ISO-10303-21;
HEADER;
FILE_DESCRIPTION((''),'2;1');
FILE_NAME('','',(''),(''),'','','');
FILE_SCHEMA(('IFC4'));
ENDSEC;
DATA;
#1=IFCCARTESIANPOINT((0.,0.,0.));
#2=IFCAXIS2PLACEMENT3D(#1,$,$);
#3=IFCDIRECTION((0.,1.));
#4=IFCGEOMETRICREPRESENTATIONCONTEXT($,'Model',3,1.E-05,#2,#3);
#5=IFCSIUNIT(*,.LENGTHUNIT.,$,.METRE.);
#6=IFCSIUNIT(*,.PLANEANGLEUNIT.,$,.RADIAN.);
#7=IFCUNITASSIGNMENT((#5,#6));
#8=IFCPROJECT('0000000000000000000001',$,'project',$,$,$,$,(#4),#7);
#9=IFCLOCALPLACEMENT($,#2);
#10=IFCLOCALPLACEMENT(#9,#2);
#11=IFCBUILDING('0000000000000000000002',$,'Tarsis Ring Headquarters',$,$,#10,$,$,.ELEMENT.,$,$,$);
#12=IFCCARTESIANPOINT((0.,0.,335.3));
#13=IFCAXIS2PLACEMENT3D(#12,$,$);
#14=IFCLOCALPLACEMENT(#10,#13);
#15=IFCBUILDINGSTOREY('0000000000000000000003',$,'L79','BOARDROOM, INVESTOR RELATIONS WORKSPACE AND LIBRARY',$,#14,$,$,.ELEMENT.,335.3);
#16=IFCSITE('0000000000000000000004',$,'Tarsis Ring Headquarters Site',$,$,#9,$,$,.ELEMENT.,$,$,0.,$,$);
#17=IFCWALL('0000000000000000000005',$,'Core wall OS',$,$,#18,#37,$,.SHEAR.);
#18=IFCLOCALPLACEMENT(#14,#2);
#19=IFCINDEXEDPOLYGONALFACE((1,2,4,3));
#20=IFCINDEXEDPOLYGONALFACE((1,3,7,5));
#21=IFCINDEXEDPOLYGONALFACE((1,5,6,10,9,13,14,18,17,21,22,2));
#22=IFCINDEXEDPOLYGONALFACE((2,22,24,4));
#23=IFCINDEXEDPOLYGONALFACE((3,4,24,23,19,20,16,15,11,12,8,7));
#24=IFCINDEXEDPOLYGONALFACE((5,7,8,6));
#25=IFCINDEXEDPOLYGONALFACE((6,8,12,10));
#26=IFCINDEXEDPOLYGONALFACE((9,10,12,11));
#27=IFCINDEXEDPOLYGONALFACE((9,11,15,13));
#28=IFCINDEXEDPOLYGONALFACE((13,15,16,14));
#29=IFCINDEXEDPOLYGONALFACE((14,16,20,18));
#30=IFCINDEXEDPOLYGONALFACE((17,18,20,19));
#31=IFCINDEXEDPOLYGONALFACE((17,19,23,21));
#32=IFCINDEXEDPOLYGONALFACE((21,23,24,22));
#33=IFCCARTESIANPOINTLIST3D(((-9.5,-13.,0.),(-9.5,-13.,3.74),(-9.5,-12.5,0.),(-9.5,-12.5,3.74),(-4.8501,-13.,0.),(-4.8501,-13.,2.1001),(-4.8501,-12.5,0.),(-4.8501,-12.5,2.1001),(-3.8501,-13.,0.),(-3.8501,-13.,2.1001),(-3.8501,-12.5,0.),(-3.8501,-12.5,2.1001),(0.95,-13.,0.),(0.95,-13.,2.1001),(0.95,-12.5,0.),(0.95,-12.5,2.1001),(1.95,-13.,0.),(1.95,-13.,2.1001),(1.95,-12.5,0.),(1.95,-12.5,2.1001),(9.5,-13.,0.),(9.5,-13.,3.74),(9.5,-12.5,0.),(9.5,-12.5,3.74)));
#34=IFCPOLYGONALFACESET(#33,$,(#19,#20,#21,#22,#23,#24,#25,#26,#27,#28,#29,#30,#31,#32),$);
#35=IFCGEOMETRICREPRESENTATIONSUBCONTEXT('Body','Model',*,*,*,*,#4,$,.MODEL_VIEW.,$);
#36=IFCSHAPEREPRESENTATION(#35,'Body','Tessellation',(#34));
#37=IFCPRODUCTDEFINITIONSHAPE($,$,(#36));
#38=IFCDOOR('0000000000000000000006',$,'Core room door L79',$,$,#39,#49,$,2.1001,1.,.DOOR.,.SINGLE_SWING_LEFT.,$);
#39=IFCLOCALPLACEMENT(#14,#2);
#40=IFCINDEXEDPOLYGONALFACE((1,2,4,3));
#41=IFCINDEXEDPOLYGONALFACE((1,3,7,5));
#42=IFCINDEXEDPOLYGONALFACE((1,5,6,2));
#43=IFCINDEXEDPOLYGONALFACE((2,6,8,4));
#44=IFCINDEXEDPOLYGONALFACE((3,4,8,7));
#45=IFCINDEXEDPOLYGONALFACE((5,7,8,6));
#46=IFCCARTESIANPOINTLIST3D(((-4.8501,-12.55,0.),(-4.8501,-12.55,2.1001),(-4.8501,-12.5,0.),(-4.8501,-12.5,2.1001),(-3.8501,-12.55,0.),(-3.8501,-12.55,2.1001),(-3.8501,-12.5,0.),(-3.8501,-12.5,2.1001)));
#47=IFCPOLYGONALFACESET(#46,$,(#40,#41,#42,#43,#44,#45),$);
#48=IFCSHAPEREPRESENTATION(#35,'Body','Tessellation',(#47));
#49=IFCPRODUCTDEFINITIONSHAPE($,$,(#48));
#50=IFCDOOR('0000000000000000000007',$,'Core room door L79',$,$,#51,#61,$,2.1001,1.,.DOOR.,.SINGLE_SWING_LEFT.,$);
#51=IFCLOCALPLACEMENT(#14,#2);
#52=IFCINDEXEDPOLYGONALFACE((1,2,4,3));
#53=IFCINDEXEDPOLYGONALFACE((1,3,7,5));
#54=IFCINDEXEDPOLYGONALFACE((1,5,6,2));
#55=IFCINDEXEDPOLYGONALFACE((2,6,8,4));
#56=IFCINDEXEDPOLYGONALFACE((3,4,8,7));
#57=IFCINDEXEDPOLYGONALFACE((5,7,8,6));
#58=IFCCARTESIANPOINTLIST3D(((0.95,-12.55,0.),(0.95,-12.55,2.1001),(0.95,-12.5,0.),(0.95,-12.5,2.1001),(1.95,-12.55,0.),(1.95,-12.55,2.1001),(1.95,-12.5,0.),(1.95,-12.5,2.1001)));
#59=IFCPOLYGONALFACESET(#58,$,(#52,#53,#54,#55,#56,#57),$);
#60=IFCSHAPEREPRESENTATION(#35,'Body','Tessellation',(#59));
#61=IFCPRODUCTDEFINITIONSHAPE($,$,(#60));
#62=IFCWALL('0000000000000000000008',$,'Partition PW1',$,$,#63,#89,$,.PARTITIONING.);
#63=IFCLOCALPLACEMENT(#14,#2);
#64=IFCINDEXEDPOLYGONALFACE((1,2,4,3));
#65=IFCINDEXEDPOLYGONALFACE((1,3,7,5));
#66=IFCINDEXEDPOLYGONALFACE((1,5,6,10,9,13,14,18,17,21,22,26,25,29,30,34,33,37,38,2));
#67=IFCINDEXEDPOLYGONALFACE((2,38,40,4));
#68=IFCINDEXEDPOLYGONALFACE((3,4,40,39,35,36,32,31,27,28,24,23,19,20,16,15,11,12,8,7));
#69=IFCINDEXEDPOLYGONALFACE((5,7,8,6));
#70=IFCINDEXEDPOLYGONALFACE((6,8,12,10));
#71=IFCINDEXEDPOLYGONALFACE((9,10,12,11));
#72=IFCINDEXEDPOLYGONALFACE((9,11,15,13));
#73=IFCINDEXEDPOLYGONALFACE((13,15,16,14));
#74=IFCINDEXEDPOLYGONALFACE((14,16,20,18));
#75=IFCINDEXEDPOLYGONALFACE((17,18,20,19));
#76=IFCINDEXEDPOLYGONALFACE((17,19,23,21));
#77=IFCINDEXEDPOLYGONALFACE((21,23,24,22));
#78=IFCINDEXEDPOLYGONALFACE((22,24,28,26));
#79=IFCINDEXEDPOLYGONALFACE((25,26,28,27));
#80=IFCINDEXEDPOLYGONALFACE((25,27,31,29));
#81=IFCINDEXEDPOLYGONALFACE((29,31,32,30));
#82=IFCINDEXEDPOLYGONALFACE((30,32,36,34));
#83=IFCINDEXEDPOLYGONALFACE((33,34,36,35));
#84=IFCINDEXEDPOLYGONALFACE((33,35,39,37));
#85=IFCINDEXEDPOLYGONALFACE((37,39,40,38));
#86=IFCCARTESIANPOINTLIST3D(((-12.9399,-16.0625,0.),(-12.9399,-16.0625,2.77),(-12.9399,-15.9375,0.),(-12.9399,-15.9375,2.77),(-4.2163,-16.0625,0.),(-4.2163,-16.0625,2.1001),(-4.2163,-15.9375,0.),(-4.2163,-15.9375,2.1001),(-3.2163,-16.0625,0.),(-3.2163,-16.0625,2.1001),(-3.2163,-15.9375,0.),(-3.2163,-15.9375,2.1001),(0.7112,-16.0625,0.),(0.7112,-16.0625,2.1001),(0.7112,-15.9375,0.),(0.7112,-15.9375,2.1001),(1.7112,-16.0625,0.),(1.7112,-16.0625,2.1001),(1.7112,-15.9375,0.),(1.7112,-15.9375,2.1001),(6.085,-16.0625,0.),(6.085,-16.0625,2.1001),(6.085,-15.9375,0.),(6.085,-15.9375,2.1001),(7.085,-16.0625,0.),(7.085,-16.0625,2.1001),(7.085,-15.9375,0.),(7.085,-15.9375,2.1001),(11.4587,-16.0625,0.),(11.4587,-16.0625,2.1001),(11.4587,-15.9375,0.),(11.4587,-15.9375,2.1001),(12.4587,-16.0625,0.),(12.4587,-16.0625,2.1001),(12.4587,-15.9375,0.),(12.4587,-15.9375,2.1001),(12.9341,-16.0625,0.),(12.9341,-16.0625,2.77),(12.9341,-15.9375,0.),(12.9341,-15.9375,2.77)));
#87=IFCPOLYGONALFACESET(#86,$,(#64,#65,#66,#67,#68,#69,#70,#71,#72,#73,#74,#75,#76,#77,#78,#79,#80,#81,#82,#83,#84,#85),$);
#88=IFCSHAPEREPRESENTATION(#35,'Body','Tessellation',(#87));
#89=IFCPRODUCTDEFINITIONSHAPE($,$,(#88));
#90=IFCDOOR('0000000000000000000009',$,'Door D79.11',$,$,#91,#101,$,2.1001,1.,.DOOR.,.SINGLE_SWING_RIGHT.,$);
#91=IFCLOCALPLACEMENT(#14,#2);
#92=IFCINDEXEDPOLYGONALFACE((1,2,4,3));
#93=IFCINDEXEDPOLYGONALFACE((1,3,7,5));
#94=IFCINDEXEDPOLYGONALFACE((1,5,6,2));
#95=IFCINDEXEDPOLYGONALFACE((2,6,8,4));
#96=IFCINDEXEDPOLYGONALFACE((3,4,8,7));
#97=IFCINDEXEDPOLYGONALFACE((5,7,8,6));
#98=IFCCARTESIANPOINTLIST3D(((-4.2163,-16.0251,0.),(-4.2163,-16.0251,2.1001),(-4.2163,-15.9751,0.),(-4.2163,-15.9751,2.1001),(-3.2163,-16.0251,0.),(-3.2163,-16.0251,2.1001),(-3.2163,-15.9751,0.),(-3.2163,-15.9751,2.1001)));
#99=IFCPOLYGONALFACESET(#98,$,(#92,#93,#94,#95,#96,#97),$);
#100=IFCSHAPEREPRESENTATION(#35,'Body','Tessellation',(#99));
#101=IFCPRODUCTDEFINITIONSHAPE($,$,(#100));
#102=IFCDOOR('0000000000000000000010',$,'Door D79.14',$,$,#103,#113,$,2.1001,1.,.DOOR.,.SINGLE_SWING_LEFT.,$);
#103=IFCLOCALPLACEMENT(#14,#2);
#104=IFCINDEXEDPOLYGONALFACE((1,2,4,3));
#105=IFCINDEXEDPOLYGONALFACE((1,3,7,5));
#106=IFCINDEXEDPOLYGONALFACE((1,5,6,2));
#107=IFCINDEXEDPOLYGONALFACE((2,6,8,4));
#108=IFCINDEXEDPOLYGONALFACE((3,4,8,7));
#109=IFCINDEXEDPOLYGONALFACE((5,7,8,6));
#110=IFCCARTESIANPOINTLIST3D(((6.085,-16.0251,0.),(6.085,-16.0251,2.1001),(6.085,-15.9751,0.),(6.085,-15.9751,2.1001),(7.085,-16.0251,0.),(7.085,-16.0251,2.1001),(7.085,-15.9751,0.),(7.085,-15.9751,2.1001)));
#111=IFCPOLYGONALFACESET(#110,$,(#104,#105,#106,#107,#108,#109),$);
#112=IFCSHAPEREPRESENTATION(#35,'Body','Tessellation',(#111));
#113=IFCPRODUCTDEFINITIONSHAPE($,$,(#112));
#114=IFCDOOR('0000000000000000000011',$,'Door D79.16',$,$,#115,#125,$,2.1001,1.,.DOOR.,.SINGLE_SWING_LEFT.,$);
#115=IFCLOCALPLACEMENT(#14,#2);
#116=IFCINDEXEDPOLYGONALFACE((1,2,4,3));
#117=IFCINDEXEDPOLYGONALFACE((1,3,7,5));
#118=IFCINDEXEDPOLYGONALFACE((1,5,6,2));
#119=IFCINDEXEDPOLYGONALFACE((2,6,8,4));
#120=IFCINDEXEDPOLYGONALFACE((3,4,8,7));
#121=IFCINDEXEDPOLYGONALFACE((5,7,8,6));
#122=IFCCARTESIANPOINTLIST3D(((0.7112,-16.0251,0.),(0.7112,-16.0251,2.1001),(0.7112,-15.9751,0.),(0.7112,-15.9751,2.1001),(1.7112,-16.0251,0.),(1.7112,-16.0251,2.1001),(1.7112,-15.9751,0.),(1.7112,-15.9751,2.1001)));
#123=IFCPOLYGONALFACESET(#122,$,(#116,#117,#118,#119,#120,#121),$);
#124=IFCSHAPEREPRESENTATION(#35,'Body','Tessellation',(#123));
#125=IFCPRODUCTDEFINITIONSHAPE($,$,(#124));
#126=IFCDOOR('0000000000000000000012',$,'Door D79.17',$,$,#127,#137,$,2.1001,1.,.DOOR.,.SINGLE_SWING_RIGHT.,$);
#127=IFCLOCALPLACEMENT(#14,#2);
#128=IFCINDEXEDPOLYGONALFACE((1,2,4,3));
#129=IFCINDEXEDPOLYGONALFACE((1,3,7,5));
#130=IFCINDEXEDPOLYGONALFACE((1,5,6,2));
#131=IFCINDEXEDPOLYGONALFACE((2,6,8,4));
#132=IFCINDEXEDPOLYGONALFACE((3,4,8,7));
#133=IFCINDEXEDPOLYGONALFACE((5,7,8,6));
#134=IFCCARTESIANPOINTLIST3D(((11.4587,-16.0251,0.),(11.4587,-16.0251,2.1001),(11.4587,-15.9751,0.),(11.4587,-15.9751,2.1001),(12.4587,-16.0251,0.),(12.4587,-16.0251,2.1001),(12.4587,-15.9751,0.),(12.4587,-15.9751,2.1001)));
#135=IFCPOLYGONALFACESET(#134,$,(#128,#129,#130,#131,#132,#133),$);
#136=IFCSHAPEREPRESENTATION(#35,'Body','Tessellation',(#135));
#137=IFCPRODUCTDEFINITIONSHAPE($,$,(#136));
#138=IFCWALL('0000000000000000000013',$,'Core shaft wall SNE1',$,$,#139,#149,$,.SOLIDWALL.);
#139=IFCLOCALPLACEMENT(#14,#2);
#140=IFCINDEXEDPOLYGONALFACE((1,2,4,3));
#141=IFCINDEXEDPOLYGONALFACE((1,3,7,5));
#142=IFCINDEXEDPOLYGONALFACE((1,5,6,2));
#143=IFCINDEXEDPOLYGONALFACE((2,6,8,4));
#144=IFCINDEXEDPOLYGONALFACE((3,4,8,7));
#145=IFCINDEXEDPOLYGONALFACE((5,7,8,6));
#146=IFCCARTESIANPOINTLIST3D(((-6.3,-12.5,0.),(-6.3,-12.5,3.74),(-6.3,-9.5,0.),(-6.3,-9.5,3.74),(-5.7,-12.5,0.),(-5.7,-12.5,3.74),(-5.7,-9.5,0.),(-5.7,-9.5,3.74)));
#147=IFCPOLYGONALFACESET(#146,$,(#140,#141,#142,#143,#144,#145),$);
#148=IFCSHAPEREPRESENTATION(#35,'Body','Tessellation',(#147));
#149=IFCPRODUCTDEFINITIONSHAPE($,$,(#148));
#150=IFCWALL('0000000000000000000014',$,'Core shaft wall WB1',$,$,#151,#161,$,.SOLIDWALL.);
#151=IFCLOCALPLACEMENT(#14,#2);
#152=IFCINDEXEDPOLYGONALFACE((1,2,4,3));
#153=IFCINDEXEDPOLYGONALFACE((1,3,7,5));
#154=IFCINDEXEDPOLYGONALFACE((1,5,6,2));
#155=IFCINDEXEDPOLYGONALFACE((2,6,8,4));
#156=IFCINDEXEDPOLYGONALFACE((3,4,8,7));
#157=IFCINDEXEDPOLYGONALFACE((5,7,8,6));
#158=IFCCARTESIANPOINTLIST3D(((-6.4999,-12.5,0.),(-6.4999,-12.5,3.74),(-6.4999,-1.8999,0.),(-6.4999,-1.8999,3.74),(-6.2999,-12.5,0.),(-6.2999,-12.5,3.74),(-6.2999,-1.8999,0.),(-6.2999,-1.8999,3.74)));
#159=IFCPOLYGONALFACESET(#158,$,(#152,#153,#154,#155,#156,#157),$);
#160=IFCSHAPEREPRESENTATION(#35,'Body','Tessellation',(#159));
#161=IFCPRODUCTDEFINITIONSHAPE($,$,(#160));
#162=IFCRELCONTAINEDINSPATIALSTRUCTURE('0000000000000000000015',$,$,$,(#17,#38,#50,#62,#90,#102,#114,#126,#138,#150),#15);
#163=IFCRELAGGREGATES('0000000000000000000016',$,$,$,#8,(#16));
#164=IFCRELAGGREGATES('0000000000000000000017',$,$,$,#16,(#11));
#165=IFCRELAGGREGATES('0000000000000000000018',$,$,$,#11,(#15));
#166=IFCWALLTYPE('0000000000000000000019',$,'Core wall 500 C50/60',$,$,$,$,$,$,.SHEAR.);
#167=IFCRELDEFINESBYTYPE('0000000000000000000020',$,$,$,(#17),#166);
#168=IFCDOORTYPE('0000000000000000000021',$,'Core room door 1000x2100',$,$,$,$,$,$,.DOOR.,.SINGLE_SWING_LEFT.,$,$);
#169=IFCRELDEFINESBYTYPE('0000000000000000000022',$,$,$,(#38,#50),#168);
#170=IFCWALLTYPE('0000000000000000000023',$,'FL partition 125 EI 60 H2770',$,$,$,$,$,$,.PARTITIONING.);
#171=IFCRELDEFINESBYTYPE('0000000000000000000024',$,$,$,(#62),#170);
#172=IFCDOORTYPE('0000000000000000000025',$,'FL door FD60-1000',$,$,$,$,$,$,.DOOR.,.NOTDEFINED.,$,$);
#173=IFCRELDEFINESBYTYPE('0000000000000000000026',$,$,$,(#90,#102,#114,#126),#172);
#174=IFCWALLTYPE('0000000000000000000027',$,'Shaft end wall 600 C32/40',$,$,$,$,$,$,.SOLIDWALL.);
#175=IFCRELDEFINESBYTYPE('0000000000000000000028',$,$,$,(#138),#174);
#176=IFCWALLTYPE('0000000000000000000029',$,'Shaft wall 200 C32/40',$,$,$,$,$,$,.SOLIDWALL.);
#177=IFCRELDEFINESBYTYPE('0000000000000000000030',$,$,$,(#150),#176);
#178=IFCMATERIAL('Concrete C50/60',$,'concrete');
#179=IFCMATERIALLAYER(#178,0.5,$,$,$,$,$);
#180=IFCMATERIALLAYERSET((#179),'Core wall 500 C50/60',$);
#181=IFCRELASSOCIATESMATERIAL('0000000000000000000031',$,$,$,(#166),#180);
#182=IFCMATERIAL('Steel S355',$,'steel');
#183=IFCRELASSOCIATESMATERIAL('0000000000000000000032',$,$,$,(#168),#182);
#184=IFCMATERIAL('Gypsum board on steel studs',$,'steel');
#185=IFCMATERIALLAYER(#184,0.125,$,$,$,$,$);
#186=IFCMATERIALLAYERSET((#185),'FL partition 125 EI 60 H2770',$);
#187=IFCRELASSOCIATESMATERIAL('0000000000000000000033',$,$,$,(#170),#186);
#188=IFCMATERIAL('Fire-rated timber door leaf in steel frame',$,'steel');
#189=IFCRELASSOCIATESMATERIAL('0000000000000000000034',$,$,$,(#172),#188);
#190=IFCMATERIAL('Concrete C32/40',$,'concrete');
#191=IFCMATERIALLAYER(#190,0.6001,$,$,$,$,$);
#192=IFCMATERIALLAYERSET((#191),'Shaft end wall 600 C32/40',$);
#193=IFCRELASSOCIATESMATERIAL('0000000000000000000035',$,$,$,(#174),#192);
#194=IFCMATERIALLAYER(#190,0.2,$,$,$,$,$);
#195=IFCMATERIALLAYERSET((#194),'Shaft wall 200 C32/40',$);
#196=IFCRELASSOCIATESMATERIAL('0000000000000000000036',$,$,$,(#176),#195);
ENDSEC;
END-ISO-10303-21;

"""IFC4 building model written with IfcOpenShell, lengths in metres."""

from ifc_helpers import new_model, si_unit, direction, frame, frame_2d, origin, place, context, subcontext, project, spatial, rectangle, extrude, material, layer, layer_set, type_object, element, fill, save


model = new_model("IFC4")

# Units and contexts
model_context = context("Model", 3, precision=1e-05, world=origin(), true_north=direction((0.0, 1.0)))
body_context = subcontext(model_context, "Body", "Model", "MODEL_VIEW")
ifc_project = project(units=[si_unit("LENGTHUNIT", "METRE"), si_unit("PLANEANGLEUNIT", "RADIAN")], contexts=[model_context])

# Site, building, storey
site_placement = place(None, origin())
site = spatial("IfcSite", under=ifc_project, at=site_placement, Name="Tarsis Ring Headquarters Site", CompositionType="ELEMENT", RefElevation=0.0)
building_placement = place(site_placement, origin())
building = spatial("IfcBuilding", under=site, at=building_placement, Name="Tarsis Ring Headquarters", CompositionType="ELEMENT")
storey_placement = place(building_placement, frame((0.0, 0.0, 335.3)))
storey = spatial("IfcBuildingStorey", under=building, at=storey_placement, Name="L79", Description="BOARDROOM, INVESTOR RELATIONS WORKSPACE AND LIBRARY", CompositionType="ELEMENT", Elevation=335.3)

# Walls, openings, doors
ifc_material_1 = material(Name="Concrete C50/60", Category="concrete")
ifc_layer_1 = layer(ifc_material_1, 0.5)
ifc_layer_set_1 = layer_set([ifc_layer_1], Name="Core wall 500 C50/60")
wall_type_1 = type_object("IfcWallType", Name="Core wall 500 C50/60", PredefinedType="SHEAR", material=ifc_layer_set_1)
ifc_material_2 = material(Name="Steel S355", Category="steel")
door_type_1 = type_object("IfcDoorType", Name="Core room door 1000x2100", OperationType="SINGLE_SWING_LEFT", PredefinedType="DOOR", material=ifc_material_2)
wall_1_placement = place(storey_placement, frame((-9.5, -12.75, 0.0), z_axis=(0.0, 0.0, 1.0), x_axis=(1.0, 0.0, 0.0)))
wall_1 = element("IfcWall", 1, at=wall_1_placement, inside=storey, type_object=wall_type_1, Name="Core wall OS", PredefinedType="SHEAR", context=body_context, shape_type="SweptSolid", body=[
    extrude(rectangle(XDim=19.0, YDim=0.5, at=frame_2d((9.5, 0.0))), origin(), (0.0, 0.0, 1.0), 3.74),
])
opening_1_placement = place(wall_1_placement, frame((4.6499, 0.0, 0.0)))
opening_1 = element("IfcOpeningElement", 2, at=opening_1_placement, cuts=wall_1, PredefinedType="OPENING", context=body_context, shape_type="SweptSolid", body=[
    extrude(rectangle(XDim=1.0, YDim=2.1001, at=frame_2d((0.5, 1.05))), frame((0.0, 0.26, 0.0), z_axis=(0.0, -1.0, 0.0), x_axis=(1.0, 0.0, 0.0)), (0.0, 0.0, 1.0), 0.52),
])
opening_2_placement = place(wall_1_placement, frame((10.45, 0.0, 0.0)))
opening_2 = element("IfcOpeningElement", 3, at=opening_2_placement, cuts=wall_1, PredefinedType="OPENING", context=body_context, shape_type="SweptSolid", body=[
    extrude(rectangle(XDim=1.0, YDim=2.1001, at=frame_2d((0.5, 1.05))), frame((0.0, 0.26, 0.0), z_axis=(0.0, -1.0, 0.0), x_axis=(1.0, 0.0, 0.0)), (0.0, 0.0, 1.0), 0.52),
])
door_1_placement = place(opening_1_placement, origin())
door_1 = element("IfcDoor", 4, at=door_1_placement, inside=storey, type_object=door_type_1, Name="Core room door L79", OperationType="SINGLE_SWING_LEFT", OverallHeight=2.1001, OverallWidth=1.0, PredefinedType="DOOR", context=body_context, shape_type="SweptSolid", body=[
    extrude(rectangle(XDim=1.0, YDim=2.1001, at=frame_2d((0.5, 1.05))), frame((0.0, 0.25, 0.0), z_axis=(0.0, -1.0, 0.0), x_axis=(1.0, 0.0, 0.0)), (0.0, 0.0, 1.0), 0.05),
])
fill(opening_1, door_1)
door_2_placement = place(opening_2_placement, origin())
door_2 = element("IfcDoor", 5, at=door_2_placement, inside=storey, type_object=door_type_1, Name="Core room door L79", OperationType="SINGLE_SWING_LEFT", OverallHeight=2.1001, OverallWidth=1.0, PredefinedType="DOOR", context=body_context, shape_type="SweptSolid", body=[
    extrude(rectangle(XDim=1.0, YDim=2.1001, at=frame_2d((0.5, 1.05))), frame((0.0, 0.25, 0.0), z_axis=(0.0, -1.0, 0.0), x_axis=(1.0, 0.0, 0.0)), (0.0, 0.0, 1.0), 0.05),
])
fill(opening_2, door_2)
ifc_material_3 = material(Name="Gypsum board on steel studs", Category="steel")
ifc_layer_2 = layer(ifc_material_3, 0.125)
ifc_layer_set_2 = layer_set([ifc_layer_2], Name="FL partition 125 EI 60 H2770")
wall_type_2 = type_object("IfcWallType", Name="FL partition 125 EI 60 H2770", PredefinedType="PARTITIONING", material=ifc_layer_set_2)
wall_2_placement = place(storey_placement, frame((-12.9399, -16.0, 0.0), z_axis=(0.0, 0.0, 1.0), x_axis=(1.0, 0.0, 0.0)))
wall_2 = element("IfcWall", 6, at=wall_2_placement, inside=storey, type_object=wall_type_2, Name="Partition PW1", PredefinedType="PARTITIONING", context=body_context, shape_type="SweptSolid", body=[
    extrude(rectangle(XDim=25.874, YDim=0.125, at=frame_2d((12.937, 0.0))), origin(), (0.0, 0.0, 1.0), 2.77),
])
opening_3_placement = place(wall_2_placement, frame((8.7236, 0.0, 0.0)))
opening_3 = element("IfcOpeningElement", 7, at=opening_3_placement, cuts=wall_2, PredefinedType="OPENING", context=body_context, shape_type="SweptSolid", body=[
    extrude(rectangle(XDim=1.0, YDim=2.1001, at=frame_2d((0.5, 1.05))), frame((0.0, 0.0725, 0.0), z_axis=(0.0, -1.0, 0.0), x_axis=(1.0, 0.0, 0.0)), (0.0, 0.0, 1.0), 0.145),
])
opening_4_placement = place(wall_2_placement, frame((19.0249, 0.0, 0.0)))
opening_4 = element("IfcOpeningElement", 8, at=opening_4_placement, cuts=wall_2, PredefinedType="OPENING", context=body_context, shape_type="SweptSolid", body=[
    extrude(rectangle(XDim=1.0, YDim=2.1001, at=frame_2d((0.5, 1.05))), frame((0.0, 0.0725, 0.0), z_axis=(0.0, -1.0, 0.0), x_axis=(1.0, 0.0, 0.0)), (0.0, 0.0, 1.0), 0.145),
])
opening_5_placement = place(wall_2_placement, frame((13.6511, 0.0, 0.0)))
opening_5 = element("IfcOpeningElement", 9, at=opening_5_placement, cuts=wall_2, PredefinedType="OPENING", context=body_context, shape_type="SweptSolid", body=[
    extrude(rectangle(XDim=1.0, YDim=2.1001, at=frame_2d((0.5, 1.05))), frame((0.0, 0.0725, 0.0), z_axis=(0.0, -1.0, 0.0), x_axis=(1.0, 0.0, 0.0)), (0.0, 0.0, 1.0), 0.145),
])
opening_6_placement = place(wall_2_placement, frame((24.3987, 0.0, 0.0)))
opening_6 = element("IfcOpeningElement", 10, at=opening_6_placement, cuts=wall_2, PredefinedType="OPENING", context=body_context, shape_type="SweptSolid", body=[
    extrude(rectangle(XDim=1.0, YDim=2.1001, at=frame_2d((0.5, 1.05))), frame((0.0, 0.0725, 0.0), z_axis=(0.0, -1.0, 0.0), x_axis=(1.0, 0.0, 0.0)), (0.0, 0.0, 1.0), 0.145),
])
ifc_material_4 = material(Name="Fire-rated timber door leaf in steel frame", Category="steel")
door_type_2 = type_object("IfcDoorType", Name="FL door FD60-1000", OperationType="NOTDEFINED", PredefinedType="DOOR", material=ifc_material_4)
door_3_placement = place(opening_3_placement, origin())
door_3 = element("IfcDoor", 11, at=door_3_placement, inside=storey, type_object=door_type_2, Name="Door D79.11", OperationType="SINGLE_SWING_RIGHT", OverallHeight=2.1001, OverallWidth=1.0, PredefinedType="DOOR", context=body_context, shape_type="SweptSolid", body=[
    extrude(rectangle(XDim=1.0, YDim=2.1001, at=frame_2d((0.5, 1.05))), frame((0.0, 0.0249, 0.0), z_axis=(0.0, -1.0, 0.0), x_axis=(1.0, 0.0, 0.0)), (0.0, 0.0, 1.0), 0.05),
])
fill(opening_3, door_3)
door_4_placement = place(opening_4_placement, origin())
door_4 = element("IfcDoor", 12, at=door_4_placement, inside=storey, type_object=door_type_2, Name="Door D79.14", OperationType="SINGLE_SWING_LEFT", OverallHeight=2.1001, OverallWidth=1.0, PredefinedType="DOOR", context=body_context, shape_type="SweptSolid", body=[
    extrude(rectangle(XDim=1.0, YDim=2.1001, at=frame_2d((0.5, 1.05))), frame((0.0, 0.0249, 0.0), z_axis=(0.0, -1.0, 0.0), x_axis=(1.0, 0.0, 0.0)), (0.0, 0.0, 1.0), 0.05),
])
fill(opening_4, door_4)
door_5_placement = place(opening_5_placement, origin())
door_5 = element("IfcDoor", 13, at=door_5_placement, inside=storey, type_object=door_type_2, Name="Door D79.16", OperationType="SINGLE_SWING_LEFT", OverallHeight=2.1001, OverallWidth=1.0, PredefinedType="DOOR", context=body_context, shape_type="SweptSolid", body=[
    extrude(rectangle(XDim=1.0, YDim=2.1001, at=frame_2d((0.5, 1.05))), frame((0.0, 0.0249, 0.0), z_axis=(0.0, -1.0, 0.0), x_axis=(1.0, 0.0, 0.0)), (0.0, 0.0, 1.0), 0.05),
])
fill(opening_5, door_5)
door_6_placement = place(opening_6_placement, origin())
door_6 = element("IfcDoor", 14, at=door_6_placement, inside=storey, type_object=door_type_2, Name="Door D79.17", OperationType="SINGLE_SWING_RIGHT", OverallHeight=2.1001, OverallWidth=1.0, PredefinedType="DOOR", context=body_context, shape_type="SweptSolid", body=[
    extrude(rectangle(XDim=1.0, YDim=2.1001, at=frame_2d((0.5, 1.05))), frame((0.0, 0.0249, 0.0), z_axis=(0.0, -1.0, 0.0), x_axis=(1.0, 0.0, 0.0)), (0.0, 0.0, 1.0), 0.05),
])
fill(opening_6, door_6)

# Walls
ifc_material_5 = material(Name="Concrete C32/40", Category="concrete")
ifc_layer_3 = layer(ifc_material_5, 0.6001)
ifc_layer_set_3 = layer_set([ifc_layer_3], Name="Shaft end wall 600 C32/40")
wall_type_3 = type_object("IfcWallType", Name="Shaft end wall 600 C32/40", PredefinedType="SOLIDWALL", material=ifc_layer_set_3)
wall_3_placement = place(storey_placement, frame((-6.0, -12.5, 0.0), z_axis=(0.0, 0.0, 1.0), x_axis=(0.0, 1.0, 0.0)))
element("IfcWall", 15, at=wall_3_placement, inside=storey, type_object=wall_type_3, Name="Core shaft wall SNE1", PredefinedType="SOLIDWALL", context=body_context, shape_type="SweptSolid", body=[
    extrude(rectangle(XDim=3.0, YDim=0.6001, at=frame_2d((1.5, 0.0))), origin(), (0.0, 0.0, 1.0), 3.74),
])
ifc_layer_4 = layer(ifc_material_5, 0.2)
ifc_layer_set_4 = layer_set([ifc_layer_4], Name="Shaft wall 200 C32/40")
wall_type_4 = type_object("IfcWallType", Name="Shaft wall 200 C32/40", PredefinedType="SOLIDWALL", material=ifc_layer_set_4)
wall_4_placement = place(storey_placement, frame((-6.3999, -12.5, 0.0), z_axis=(0.0, 0.0, 1.0), x_axis=(0.0, 1.0, 0.0)))
element("IfcWall", 16, at=wall_4_placement, inside=storey, type_object=wall_type_4, Name="Core shaft wall WB1", PredefinedType="SOLIDWALL", context=body_context, shape_type="SweptSolid", body=[
    extrude(rectangle(XDim=10.6001, YDim=0.2, at=frame_2d((5.3, 0.0))), origin(), (0.0, 0.0, 1.0), 3.74),
])

save(model, "model.ifc")
